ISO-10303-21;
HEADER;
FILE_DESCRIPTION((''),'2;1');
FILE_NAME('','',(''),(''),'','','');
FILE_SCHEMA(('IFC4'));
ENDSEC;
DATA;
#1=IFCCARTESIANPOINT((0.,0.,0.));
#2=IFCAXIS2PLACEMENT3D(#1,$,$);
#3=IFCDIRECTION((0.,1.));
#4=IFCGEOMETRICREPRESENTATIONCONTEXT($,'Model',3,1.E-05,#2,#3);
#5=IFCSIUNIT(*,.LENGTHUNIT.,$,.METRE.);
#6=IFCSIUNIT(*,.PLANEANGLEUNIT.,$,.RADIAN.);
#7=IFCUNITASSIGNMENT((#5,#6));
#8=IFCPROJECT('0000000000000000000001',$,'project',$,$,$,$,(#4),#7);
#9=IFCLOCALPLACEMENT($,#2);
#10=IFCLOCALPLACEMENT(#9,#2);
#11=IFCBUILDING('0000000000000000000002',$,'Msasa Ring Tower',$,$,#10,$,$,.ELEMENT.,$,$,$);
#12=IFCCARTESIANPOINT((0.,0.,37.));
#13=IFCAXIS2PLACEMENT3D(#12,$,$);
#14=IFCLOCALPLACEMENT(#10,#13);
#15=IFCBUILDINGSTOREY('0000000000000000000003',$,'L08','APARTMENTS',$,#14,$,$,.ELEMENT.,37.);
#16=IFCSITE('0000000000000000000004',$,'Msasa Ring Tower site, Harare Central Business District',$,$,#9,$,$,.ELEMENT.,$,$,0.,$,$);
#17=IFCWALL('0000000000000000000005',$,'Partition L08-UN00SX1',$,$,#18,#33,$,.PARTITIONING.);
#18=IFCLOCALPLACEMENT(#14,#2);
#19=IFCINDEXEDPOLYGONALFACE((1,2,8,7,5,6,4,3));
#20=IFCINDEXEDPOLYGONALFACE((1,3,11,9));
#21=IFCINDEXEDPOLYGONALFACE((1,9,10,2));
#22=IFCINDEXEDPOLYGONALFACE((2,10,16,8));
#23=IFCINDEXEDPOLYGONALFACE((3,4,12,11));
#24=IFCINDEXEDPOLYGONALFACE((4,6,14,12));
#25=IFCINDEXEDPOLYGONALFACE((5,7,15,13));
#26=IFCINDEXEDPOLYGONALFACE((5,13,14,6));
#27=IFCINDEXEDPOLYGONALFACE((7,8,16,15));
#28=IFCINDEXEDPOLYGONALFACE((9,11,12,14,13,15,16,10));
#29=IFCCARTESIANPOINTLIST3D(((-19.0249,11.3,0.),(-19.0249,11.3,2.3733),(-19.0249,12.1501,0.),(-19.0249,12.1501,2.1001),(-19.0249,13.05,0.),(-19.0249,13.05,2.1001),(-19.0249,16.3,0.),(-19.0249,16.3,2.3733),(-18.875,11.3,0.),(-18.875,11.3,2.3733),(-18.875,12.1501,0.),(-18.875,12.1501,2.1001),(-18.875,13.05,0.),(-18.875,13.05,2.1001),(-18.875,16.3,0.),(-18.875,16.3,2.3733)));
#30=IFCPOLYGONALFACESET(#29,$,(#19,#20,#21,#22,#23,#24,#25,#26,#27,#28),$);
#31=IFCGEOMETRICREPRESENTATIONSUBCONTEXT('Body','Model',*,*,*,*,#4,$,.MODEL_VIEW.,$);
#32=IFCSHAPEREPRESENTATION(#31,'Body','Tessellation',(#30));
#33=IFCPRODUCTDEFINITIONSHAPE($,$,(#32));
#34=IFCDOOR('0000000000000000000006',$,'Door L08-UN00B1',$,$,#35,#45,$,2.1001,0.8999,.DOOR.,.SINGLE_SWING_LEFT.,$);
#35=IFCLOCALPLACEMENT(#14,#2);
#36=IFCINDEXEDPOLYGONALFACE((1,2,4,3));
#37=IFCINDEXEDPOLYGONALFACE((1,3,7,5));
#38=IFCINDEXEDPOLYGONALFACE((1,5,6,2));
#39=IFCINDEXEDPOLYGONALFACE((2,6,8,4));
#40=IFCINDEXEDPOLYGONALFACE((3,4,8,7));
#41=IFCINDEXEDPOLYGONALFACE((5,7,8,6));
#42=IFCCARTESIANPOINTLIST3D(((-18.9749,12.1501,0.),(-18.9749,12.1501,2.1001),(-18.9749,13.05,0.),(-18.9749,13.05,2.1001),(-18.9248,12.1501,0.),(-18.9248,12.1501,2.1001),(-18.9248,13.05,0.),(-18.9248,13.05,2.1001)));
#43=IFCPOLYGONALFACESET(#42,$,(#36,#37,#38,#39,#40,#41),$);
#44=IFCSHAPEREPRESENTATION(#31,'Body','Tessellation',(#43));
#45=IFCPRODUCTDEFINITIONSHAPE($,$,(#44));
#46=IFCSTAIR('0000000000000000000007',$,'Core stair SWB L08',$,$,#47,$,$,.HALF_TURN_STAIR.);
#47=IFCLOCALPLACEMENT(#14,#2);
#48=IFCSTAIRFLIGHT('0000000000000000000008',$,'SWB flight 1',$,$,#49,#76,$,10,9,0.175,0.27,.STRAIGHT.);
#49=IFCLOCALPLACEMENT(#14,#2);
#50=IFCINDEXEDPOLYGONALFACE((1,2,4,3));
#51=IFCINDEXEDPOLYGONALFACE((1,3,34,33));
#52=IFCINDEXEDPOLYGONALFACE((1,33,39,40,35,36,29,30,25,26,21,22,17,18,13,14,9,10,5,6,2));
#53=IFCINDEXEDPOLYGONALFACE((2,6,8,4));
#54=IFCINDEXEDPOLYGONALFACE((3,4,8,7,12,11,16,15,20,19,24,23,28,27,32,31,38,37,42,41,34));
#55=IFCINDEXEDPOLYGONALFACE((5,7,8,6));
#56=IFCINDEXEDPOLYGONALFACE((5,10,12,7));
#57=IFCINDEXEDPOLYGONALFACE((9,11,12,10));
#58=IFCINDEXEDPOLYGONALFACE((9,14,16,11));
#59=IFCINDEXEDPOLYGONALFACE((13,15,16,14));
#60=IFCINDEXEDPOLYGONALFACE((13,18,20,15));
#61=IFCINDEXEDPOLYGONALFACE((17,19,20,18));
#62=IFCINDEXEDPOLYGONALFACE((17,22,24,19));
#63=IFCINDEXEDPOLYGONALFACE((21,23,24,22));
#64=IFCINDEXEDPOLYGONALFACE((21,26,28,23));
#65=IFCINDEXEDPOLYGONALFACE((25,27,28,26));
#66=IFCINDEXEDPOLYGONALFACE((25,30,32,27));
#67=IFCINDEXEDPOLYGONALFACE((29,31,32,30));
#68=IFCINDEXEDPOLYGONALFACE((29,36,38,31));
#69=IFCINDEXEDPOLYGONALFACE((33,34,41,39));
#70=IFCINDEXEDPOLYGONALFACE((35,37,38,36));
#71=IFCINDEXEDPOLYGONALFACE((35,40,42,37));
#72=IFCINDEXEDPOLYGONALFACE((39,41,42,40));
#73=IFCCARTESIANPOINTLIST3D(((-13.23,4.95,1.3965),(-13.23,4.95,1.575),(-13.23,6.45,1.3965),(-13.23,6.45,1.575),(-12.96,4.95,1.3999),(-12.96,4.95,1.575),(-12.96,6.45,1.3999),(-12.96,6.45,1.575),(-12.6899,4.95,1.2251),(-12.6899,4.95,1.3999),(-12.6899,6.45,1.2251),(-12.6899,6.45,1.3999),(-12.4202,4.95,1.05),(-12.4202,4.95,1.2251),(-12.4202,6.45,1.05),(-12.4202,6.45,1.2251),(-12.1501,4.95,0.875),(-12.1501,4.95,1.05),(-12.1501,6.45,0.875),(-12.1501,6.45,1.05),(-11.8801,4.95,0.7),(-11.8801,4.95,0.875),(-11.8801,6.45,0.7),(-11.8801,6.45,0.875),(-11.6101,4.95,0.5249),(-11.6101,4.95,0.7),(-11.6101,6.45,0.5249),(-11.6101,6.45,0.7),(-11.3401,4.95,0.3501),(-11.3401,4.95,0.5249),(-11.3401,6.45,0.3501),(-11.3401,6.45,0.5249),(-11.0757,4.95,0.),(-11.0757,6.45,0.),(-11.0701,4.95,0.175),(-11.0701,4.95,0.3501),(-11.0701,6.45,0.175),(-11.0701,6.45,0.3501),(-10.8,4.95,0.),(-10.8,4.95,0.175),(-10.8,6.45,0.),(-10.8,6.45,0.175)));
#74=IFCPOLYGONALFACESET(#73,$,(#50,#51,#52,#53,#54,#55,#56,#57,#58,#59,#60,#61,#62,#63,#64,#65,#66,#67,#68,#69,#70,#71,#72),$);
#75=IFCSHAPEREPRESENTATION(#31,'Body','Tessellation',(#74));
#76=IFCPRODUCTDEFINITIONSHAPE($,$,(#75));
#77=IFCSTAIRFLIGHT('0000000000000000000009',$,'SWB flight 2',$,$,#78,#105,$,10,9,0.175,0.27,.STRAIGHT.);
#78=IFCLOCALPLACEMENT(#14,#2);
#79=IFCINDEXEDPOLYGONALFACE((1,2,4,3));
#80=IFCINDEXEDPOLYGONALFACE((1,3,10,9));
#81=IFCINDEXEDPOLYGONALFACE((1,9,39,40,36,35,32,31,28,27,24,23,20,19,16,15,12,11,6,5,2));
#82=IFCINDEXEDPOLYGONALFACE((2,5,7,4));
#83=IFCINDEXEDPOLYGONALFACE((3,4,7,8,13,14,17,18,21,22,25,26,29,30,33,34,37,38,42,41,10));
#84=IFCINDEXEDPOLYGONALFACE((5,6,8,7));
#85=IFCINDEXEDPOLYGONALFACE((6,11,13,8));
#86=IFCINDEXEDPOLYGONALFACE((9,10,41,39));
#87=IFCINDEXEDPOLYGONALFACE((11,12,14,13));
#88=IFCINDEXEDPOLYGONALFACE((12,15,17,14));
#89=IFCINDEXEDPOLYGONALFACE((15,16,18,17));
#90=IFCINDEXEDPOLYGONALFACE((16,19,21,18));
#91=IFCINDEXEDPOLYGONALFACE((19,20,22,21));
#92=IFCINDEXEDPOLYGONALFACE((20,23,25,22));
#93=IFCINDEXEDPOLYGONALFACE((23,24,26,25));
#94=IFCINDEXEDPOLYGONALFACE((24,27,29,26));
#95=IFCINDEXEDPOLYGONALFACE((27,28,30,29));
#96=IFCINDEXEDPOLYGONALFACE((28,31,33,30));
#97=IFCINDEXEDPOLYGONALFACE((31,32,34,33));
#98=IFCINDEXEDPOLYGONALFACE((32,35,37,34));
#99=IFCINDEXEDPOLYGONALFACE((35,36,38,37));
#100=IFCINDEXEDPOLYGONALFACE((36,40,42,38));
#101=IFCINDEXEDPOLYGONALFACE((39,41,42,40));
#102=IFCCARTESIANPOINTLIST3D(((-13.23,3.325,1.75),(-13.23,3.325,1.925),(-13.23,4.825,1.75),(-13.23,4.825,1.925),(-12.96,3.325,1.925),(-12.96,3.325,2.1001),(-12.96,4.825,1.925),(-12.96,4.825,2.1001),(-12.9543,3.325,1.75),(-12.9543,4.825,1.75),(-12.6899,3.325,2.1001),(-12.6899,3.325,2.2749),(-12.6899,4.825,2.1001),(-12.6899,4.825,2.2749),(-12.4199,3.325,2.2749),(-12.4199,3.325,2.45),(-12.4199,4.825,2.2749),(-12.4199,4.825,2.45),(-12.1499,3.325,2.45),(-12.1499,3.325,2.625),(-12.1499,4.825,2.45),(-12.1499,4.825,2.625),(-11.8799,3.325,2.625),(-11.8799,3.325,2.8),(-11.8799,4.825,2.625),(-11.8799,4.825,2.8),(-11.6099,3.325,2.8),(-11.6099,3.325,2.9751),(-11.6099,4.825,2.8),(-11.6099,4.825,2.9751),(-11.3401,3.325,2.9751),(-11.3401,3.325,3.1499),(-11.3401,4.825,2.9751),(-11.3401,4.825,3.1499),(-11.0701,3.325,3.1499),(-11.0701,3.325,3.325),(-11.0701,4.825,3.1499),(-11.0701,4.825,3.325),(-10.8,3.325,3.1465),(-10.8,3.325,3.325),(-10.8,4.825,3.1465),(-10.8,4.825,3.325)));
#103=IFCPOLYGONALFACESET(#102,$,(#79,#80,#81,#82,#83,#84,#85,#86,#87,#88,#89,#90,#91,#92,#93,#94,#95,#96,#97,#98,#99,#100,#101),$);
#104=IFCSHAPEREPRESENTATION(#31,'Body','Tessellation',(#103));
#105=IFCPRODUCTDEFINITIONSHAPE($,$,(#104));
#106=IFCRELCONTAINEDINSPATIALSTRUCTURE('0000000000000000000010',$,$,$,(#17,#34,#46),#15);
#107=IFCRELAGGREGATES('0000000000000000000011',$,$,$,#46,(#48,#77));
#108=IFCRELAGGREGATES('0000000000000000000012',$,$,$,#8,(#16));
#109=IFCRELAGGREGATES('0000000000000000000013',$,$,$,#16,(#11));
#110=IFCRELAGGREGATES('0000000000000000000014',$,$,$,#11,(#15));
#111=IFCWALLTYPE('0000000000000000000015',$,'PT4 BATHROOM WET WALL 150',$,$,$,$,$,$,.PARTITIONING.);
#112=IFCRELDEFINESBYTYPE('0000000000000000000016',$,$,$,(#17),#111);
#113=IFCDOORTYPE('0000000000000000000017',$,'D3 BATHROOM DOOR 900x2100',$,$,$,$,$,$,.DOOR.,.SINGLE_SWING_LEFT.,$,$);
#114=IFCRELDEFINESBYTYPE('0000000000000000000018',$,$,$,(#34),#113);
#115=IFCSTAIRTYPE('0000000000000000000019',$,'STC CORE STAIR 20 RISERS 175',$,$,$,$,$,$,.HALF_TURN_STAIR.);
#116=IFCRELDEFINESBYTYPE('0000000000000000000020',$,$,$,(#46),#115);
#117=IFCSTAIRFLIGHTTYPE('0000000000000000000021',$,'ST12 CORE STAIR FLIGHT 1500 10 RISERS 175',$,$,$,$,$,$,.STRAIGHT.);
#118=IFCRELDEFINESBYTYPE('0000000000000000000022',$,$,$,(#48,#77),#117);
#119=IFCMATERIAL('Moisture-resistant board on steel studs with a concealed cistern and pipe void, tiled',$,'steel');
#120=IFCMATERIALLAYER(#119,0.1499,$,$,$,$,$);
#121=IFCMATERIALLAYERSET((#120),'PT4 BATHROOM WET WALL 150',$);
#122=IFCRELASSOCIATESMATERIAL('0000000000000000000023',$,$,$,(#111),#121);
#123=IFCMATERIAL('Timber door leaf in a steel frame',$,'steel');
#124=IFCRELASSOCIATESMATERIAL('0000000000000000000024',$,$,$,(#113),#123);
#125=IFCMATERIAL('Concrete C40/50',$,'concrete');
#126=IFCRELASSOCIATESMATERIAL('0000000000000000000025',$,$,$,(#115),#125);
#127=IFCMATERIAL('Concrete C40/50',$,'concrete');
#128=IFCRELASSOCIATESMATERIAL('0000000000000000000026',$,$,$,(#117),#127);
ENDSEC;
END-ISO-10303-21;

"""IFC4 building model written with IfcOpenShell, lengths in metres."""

from ifc_helpers import new_model, si_unit, direction, frame, frame_2d, origin, place, context, subcontext, project, spatial, polyline, rectangle, outline, extrude, material, layer, layer_set, type_object, element, fill, aggregate, save


model = new_model("IFC4")

# Units and contexts
model_context = context("Model", 3, precision=1e-05, world=origin(), true_north=direction((0.0, 1.0)))
body_context = subcontext(model_context, "Body", "Model", "MODEL_VIEW")
ifc_project = project(units=[si_unit("LENGTHUNIT", "METRE"), si_unit("PLANEANGLEUNIT", "RADIAN")], contexts=[model_context])

# Site, building, storey
site_placement = place(None, origin())
site = spatial("IfcSite", under=ifc_project, at=site_placement, Name="Msasa Ring Tower site, Harare Central Business District", CompositionType="ELEMENT", RefElevation=0.0)
building_placement = place(site_placement, origin())
building = spatial("IfcBuilding", under=site, at=building_placement, Name="Msasa Ring Tower", CompositionType="ELEMENT")
storey_placement = place(building_placement, frame((0.0, 0.0, 37.0)))
storey = spatial("IfcBuildingStorey", under=building, at=storey_placement, Name="L08", Description="APARTMENTS", CompositionType="ELEMENT", Elevation=37.0)

# Wall, opening, door
ifc_material_1 = material(Name="Moisture-resistant board on steel studs with a concealed cistern and pipe void, tiled", Category="steel")
ifc_layer_1 = layer(ifc_material_1, 0.1499)
ifc_layer_set_1 = layer_set([ifc_layer_1], Name="PT4 BATHROOM WET WALL 150")
wall_type_1 = type_object("IfcWallType", Name="PT4 BATHROOM WET WALL 150", PredefinedType="PARTITIONING", material=ifc_layer_set_1)
wall_1_placement = place(storey_placement, frame((-18.95, 11.3, 0.0), z_axis=(0.0, 0.0, 1.0), x_axis=(0.0, 1.0, 0.0)))
wall_1 = element("IfcWall", 1, at=wall_1_placement, inside=storey, type_object=wall_type_1, Name="Partition L08-UN00SX1", PredefinedType="PARTITIONING", context=body_context, shape_type="SweptSolid", body=[
    extrude(rectangle(XDim=5.0, YDim=0.1499, at=frame_2d((2.5, 0.0))), origin(), (0.0, 0.0, 1.0), 2.3733),
])
opening_1_placement = place(wall_1_placement, frame((0.8501, 0.0, 0.0)))
opening_1 = element("IfcOpeningElement", 2, at=opening_1_placement, cuts=wall_1, PredefinedType="OPENING", context=body_context, shape_type="SweptSolid", body=[
    extrude(rectangle(XDim=0.8999, YDim=2.1001, at=frame_2d((0.45, 1.05))), frame((0.0, 0.085, 0.0), z_axis=(0.0, -1.0, 0.0), x_axis=(1.0, 0.0, 0.0)), (0.0, 0.0, 1.0), 0.1699),
])
ifc_material_2 = material(Name="Timber door leaf in a steel frame", Category="steel")
door_type_1 = type_object("IfcDoorType", Name="D3 BATHROOM DOOR 900x2100", OperationType="SINGLE_SWING_LEFT", PredefinedType="DOOR", material=ifc_material_2)
door_1_placement = place(opening_1_placement, origin())
door_1 = element("IfcDoor", 3, at=door_1_placement, inside=storey, type_object=door_type_1, Name="Door L08-UN00B1", OperationType="SINGLE_SWING_LEFT", OverallHeight=2.1001, OverallWidth=0.8999, PredefinedType="DOOR", context=body_context, shape_type="SweptSolid", body=[
    extrude(rectangle(XDim=0.8999, YDim=2.1001, at=frame_2d((0.45, 1.05))), frame((0.0, 0.0249, 0.0), z_axis=(0.0, -1.0, 0.0), x_axis=(1.0, 0.0, 0.0)), (0.0, 0.0, 1.0), 0.05),
])
fill(opening_1, door_1)

# Stair, stair flights
ifc_material_3 = material(Name="Concrete C40/50", Category="concrete")
stair_type = type_object("IfcStairType", Name="STC CORE STAIR 20 RISERS 175", PredefinedType="HALF_TURN_STAIR", material=ifc_material_3)
stair_placement = place(storey_placement, origin())
stair = element("IfcStair", 4, at=stair_placement, inside=storey, type_object=stair_type, Name="Core stair SWB L08", PredefinedType="HALF_TURN_STAIR")
ifc_material_4 = material(Name="Concrete C40/50", Category="concrete")
stair_flight_type = type_object("IfcStairFlightType", Name="ST12 CORE STAIR FLIGHT 1500 10 RISERS 175", PredefinedType="STRAIGHT", material=ifc_material_4)
stair_flight_1_placement = place(storey_placement, frame((-10.8, 5.7, 0.0), z_axis=(0.0, 0.0, 1.0), x_axis=(-1.0, 0.0, 0.0)))
stair_flight_1 = element("IfcStairFlight", 5, at=stair_flight_1_placement, type_object=stair_flight_type, Name="SWB flight 1", NumberOfRisers=10, NumberOfTreads=9, PredefinedType="STRAIGHT", RiserHeight=0.175, TreadLength=0.27, context=body_context, shape_type="SweptSolid", body=[
    extrude(outline(polyline([(0.0, 0.0), (0.0, 0.175), (0.27, 0.175), (0.27, 0.3501), (0.54, 0.3501), (0.54, 0.5249), (0.8101, 0.5249), (0.8101, 0.7), (1.0801, 0.7), (1.0801, 0.875), (1.3501, 0.875), (1.3501, 1.05), (1.6201, 1.05), (1.6201, 1.2251), (1.8899, 1.2251), (1.8899, 1.3999), (2.1599, 1.3999), (2.1599, 1.575), (2.4299, 1.575), (2.4299, 1.75), (2.4299, 1.3965), (0.2756, 0.0), (0.0, 0.0)])), frame((0.0, 0.75, 0.0), z_axis=(0.0, -1.0, 0.0), x_axis=(1.0, 0.0, 0.0)), (0.0, 0.0, 1.0), 1.5),
])
stair_flight_2_placement = place(storey_placement, frame((-13.23, 4.075, 1.75), z_axis=(0.0, 0.0, 1.0), x_axis=(1.0, 0.0, 0.0)))
stair_flight_2 = element("IfcStairFlight", 6, at=stair_flight_2_placement, type_object=stair_flight_type, Name="SWB flight 2", NumberOfRisers=10, NumberOfTreads=9, PredefinedType="STRAIGHT", RiserHeight=0.175, TreadLength=0.27, context=body_context, shape_type="SweptSolid", body=[
    extrude(outline(polyline([(0.0, 0.0), (0.0, 0.175), (0.27, 0.175), (0.27, 0.3501), (0.54, 0.3501), (0.54, 0.5249), (0.8101, 0.5249), (0.8101, 0.7), (1.0801, 0.7), (1.0801, 0.875), (1.3501, 0.875), (1.3501, 1.05), (1.6201, 1.05), (1.6201, 1.2251), (1.8899, 1.2251), (1.8899, 1.3999), (2.1599, 1.3999), (2.1599, 1.575), (2.4299, 1.575), (2.4299, 1.75), (2.4299, 1.3965), (0.2756, 0.0), (0.0, 0.0)])), frame((0.0, 0.75, 0.0), z_axis=(0.0, -1.0, 0.0), x_axis=(1.0, 0.0, 0.0)), (0.0, 0.0, 1.0), 1.5),
])
aggregate(stair, [stair_flight_1, stair_flight_2])

save(model, "model.ifc")
